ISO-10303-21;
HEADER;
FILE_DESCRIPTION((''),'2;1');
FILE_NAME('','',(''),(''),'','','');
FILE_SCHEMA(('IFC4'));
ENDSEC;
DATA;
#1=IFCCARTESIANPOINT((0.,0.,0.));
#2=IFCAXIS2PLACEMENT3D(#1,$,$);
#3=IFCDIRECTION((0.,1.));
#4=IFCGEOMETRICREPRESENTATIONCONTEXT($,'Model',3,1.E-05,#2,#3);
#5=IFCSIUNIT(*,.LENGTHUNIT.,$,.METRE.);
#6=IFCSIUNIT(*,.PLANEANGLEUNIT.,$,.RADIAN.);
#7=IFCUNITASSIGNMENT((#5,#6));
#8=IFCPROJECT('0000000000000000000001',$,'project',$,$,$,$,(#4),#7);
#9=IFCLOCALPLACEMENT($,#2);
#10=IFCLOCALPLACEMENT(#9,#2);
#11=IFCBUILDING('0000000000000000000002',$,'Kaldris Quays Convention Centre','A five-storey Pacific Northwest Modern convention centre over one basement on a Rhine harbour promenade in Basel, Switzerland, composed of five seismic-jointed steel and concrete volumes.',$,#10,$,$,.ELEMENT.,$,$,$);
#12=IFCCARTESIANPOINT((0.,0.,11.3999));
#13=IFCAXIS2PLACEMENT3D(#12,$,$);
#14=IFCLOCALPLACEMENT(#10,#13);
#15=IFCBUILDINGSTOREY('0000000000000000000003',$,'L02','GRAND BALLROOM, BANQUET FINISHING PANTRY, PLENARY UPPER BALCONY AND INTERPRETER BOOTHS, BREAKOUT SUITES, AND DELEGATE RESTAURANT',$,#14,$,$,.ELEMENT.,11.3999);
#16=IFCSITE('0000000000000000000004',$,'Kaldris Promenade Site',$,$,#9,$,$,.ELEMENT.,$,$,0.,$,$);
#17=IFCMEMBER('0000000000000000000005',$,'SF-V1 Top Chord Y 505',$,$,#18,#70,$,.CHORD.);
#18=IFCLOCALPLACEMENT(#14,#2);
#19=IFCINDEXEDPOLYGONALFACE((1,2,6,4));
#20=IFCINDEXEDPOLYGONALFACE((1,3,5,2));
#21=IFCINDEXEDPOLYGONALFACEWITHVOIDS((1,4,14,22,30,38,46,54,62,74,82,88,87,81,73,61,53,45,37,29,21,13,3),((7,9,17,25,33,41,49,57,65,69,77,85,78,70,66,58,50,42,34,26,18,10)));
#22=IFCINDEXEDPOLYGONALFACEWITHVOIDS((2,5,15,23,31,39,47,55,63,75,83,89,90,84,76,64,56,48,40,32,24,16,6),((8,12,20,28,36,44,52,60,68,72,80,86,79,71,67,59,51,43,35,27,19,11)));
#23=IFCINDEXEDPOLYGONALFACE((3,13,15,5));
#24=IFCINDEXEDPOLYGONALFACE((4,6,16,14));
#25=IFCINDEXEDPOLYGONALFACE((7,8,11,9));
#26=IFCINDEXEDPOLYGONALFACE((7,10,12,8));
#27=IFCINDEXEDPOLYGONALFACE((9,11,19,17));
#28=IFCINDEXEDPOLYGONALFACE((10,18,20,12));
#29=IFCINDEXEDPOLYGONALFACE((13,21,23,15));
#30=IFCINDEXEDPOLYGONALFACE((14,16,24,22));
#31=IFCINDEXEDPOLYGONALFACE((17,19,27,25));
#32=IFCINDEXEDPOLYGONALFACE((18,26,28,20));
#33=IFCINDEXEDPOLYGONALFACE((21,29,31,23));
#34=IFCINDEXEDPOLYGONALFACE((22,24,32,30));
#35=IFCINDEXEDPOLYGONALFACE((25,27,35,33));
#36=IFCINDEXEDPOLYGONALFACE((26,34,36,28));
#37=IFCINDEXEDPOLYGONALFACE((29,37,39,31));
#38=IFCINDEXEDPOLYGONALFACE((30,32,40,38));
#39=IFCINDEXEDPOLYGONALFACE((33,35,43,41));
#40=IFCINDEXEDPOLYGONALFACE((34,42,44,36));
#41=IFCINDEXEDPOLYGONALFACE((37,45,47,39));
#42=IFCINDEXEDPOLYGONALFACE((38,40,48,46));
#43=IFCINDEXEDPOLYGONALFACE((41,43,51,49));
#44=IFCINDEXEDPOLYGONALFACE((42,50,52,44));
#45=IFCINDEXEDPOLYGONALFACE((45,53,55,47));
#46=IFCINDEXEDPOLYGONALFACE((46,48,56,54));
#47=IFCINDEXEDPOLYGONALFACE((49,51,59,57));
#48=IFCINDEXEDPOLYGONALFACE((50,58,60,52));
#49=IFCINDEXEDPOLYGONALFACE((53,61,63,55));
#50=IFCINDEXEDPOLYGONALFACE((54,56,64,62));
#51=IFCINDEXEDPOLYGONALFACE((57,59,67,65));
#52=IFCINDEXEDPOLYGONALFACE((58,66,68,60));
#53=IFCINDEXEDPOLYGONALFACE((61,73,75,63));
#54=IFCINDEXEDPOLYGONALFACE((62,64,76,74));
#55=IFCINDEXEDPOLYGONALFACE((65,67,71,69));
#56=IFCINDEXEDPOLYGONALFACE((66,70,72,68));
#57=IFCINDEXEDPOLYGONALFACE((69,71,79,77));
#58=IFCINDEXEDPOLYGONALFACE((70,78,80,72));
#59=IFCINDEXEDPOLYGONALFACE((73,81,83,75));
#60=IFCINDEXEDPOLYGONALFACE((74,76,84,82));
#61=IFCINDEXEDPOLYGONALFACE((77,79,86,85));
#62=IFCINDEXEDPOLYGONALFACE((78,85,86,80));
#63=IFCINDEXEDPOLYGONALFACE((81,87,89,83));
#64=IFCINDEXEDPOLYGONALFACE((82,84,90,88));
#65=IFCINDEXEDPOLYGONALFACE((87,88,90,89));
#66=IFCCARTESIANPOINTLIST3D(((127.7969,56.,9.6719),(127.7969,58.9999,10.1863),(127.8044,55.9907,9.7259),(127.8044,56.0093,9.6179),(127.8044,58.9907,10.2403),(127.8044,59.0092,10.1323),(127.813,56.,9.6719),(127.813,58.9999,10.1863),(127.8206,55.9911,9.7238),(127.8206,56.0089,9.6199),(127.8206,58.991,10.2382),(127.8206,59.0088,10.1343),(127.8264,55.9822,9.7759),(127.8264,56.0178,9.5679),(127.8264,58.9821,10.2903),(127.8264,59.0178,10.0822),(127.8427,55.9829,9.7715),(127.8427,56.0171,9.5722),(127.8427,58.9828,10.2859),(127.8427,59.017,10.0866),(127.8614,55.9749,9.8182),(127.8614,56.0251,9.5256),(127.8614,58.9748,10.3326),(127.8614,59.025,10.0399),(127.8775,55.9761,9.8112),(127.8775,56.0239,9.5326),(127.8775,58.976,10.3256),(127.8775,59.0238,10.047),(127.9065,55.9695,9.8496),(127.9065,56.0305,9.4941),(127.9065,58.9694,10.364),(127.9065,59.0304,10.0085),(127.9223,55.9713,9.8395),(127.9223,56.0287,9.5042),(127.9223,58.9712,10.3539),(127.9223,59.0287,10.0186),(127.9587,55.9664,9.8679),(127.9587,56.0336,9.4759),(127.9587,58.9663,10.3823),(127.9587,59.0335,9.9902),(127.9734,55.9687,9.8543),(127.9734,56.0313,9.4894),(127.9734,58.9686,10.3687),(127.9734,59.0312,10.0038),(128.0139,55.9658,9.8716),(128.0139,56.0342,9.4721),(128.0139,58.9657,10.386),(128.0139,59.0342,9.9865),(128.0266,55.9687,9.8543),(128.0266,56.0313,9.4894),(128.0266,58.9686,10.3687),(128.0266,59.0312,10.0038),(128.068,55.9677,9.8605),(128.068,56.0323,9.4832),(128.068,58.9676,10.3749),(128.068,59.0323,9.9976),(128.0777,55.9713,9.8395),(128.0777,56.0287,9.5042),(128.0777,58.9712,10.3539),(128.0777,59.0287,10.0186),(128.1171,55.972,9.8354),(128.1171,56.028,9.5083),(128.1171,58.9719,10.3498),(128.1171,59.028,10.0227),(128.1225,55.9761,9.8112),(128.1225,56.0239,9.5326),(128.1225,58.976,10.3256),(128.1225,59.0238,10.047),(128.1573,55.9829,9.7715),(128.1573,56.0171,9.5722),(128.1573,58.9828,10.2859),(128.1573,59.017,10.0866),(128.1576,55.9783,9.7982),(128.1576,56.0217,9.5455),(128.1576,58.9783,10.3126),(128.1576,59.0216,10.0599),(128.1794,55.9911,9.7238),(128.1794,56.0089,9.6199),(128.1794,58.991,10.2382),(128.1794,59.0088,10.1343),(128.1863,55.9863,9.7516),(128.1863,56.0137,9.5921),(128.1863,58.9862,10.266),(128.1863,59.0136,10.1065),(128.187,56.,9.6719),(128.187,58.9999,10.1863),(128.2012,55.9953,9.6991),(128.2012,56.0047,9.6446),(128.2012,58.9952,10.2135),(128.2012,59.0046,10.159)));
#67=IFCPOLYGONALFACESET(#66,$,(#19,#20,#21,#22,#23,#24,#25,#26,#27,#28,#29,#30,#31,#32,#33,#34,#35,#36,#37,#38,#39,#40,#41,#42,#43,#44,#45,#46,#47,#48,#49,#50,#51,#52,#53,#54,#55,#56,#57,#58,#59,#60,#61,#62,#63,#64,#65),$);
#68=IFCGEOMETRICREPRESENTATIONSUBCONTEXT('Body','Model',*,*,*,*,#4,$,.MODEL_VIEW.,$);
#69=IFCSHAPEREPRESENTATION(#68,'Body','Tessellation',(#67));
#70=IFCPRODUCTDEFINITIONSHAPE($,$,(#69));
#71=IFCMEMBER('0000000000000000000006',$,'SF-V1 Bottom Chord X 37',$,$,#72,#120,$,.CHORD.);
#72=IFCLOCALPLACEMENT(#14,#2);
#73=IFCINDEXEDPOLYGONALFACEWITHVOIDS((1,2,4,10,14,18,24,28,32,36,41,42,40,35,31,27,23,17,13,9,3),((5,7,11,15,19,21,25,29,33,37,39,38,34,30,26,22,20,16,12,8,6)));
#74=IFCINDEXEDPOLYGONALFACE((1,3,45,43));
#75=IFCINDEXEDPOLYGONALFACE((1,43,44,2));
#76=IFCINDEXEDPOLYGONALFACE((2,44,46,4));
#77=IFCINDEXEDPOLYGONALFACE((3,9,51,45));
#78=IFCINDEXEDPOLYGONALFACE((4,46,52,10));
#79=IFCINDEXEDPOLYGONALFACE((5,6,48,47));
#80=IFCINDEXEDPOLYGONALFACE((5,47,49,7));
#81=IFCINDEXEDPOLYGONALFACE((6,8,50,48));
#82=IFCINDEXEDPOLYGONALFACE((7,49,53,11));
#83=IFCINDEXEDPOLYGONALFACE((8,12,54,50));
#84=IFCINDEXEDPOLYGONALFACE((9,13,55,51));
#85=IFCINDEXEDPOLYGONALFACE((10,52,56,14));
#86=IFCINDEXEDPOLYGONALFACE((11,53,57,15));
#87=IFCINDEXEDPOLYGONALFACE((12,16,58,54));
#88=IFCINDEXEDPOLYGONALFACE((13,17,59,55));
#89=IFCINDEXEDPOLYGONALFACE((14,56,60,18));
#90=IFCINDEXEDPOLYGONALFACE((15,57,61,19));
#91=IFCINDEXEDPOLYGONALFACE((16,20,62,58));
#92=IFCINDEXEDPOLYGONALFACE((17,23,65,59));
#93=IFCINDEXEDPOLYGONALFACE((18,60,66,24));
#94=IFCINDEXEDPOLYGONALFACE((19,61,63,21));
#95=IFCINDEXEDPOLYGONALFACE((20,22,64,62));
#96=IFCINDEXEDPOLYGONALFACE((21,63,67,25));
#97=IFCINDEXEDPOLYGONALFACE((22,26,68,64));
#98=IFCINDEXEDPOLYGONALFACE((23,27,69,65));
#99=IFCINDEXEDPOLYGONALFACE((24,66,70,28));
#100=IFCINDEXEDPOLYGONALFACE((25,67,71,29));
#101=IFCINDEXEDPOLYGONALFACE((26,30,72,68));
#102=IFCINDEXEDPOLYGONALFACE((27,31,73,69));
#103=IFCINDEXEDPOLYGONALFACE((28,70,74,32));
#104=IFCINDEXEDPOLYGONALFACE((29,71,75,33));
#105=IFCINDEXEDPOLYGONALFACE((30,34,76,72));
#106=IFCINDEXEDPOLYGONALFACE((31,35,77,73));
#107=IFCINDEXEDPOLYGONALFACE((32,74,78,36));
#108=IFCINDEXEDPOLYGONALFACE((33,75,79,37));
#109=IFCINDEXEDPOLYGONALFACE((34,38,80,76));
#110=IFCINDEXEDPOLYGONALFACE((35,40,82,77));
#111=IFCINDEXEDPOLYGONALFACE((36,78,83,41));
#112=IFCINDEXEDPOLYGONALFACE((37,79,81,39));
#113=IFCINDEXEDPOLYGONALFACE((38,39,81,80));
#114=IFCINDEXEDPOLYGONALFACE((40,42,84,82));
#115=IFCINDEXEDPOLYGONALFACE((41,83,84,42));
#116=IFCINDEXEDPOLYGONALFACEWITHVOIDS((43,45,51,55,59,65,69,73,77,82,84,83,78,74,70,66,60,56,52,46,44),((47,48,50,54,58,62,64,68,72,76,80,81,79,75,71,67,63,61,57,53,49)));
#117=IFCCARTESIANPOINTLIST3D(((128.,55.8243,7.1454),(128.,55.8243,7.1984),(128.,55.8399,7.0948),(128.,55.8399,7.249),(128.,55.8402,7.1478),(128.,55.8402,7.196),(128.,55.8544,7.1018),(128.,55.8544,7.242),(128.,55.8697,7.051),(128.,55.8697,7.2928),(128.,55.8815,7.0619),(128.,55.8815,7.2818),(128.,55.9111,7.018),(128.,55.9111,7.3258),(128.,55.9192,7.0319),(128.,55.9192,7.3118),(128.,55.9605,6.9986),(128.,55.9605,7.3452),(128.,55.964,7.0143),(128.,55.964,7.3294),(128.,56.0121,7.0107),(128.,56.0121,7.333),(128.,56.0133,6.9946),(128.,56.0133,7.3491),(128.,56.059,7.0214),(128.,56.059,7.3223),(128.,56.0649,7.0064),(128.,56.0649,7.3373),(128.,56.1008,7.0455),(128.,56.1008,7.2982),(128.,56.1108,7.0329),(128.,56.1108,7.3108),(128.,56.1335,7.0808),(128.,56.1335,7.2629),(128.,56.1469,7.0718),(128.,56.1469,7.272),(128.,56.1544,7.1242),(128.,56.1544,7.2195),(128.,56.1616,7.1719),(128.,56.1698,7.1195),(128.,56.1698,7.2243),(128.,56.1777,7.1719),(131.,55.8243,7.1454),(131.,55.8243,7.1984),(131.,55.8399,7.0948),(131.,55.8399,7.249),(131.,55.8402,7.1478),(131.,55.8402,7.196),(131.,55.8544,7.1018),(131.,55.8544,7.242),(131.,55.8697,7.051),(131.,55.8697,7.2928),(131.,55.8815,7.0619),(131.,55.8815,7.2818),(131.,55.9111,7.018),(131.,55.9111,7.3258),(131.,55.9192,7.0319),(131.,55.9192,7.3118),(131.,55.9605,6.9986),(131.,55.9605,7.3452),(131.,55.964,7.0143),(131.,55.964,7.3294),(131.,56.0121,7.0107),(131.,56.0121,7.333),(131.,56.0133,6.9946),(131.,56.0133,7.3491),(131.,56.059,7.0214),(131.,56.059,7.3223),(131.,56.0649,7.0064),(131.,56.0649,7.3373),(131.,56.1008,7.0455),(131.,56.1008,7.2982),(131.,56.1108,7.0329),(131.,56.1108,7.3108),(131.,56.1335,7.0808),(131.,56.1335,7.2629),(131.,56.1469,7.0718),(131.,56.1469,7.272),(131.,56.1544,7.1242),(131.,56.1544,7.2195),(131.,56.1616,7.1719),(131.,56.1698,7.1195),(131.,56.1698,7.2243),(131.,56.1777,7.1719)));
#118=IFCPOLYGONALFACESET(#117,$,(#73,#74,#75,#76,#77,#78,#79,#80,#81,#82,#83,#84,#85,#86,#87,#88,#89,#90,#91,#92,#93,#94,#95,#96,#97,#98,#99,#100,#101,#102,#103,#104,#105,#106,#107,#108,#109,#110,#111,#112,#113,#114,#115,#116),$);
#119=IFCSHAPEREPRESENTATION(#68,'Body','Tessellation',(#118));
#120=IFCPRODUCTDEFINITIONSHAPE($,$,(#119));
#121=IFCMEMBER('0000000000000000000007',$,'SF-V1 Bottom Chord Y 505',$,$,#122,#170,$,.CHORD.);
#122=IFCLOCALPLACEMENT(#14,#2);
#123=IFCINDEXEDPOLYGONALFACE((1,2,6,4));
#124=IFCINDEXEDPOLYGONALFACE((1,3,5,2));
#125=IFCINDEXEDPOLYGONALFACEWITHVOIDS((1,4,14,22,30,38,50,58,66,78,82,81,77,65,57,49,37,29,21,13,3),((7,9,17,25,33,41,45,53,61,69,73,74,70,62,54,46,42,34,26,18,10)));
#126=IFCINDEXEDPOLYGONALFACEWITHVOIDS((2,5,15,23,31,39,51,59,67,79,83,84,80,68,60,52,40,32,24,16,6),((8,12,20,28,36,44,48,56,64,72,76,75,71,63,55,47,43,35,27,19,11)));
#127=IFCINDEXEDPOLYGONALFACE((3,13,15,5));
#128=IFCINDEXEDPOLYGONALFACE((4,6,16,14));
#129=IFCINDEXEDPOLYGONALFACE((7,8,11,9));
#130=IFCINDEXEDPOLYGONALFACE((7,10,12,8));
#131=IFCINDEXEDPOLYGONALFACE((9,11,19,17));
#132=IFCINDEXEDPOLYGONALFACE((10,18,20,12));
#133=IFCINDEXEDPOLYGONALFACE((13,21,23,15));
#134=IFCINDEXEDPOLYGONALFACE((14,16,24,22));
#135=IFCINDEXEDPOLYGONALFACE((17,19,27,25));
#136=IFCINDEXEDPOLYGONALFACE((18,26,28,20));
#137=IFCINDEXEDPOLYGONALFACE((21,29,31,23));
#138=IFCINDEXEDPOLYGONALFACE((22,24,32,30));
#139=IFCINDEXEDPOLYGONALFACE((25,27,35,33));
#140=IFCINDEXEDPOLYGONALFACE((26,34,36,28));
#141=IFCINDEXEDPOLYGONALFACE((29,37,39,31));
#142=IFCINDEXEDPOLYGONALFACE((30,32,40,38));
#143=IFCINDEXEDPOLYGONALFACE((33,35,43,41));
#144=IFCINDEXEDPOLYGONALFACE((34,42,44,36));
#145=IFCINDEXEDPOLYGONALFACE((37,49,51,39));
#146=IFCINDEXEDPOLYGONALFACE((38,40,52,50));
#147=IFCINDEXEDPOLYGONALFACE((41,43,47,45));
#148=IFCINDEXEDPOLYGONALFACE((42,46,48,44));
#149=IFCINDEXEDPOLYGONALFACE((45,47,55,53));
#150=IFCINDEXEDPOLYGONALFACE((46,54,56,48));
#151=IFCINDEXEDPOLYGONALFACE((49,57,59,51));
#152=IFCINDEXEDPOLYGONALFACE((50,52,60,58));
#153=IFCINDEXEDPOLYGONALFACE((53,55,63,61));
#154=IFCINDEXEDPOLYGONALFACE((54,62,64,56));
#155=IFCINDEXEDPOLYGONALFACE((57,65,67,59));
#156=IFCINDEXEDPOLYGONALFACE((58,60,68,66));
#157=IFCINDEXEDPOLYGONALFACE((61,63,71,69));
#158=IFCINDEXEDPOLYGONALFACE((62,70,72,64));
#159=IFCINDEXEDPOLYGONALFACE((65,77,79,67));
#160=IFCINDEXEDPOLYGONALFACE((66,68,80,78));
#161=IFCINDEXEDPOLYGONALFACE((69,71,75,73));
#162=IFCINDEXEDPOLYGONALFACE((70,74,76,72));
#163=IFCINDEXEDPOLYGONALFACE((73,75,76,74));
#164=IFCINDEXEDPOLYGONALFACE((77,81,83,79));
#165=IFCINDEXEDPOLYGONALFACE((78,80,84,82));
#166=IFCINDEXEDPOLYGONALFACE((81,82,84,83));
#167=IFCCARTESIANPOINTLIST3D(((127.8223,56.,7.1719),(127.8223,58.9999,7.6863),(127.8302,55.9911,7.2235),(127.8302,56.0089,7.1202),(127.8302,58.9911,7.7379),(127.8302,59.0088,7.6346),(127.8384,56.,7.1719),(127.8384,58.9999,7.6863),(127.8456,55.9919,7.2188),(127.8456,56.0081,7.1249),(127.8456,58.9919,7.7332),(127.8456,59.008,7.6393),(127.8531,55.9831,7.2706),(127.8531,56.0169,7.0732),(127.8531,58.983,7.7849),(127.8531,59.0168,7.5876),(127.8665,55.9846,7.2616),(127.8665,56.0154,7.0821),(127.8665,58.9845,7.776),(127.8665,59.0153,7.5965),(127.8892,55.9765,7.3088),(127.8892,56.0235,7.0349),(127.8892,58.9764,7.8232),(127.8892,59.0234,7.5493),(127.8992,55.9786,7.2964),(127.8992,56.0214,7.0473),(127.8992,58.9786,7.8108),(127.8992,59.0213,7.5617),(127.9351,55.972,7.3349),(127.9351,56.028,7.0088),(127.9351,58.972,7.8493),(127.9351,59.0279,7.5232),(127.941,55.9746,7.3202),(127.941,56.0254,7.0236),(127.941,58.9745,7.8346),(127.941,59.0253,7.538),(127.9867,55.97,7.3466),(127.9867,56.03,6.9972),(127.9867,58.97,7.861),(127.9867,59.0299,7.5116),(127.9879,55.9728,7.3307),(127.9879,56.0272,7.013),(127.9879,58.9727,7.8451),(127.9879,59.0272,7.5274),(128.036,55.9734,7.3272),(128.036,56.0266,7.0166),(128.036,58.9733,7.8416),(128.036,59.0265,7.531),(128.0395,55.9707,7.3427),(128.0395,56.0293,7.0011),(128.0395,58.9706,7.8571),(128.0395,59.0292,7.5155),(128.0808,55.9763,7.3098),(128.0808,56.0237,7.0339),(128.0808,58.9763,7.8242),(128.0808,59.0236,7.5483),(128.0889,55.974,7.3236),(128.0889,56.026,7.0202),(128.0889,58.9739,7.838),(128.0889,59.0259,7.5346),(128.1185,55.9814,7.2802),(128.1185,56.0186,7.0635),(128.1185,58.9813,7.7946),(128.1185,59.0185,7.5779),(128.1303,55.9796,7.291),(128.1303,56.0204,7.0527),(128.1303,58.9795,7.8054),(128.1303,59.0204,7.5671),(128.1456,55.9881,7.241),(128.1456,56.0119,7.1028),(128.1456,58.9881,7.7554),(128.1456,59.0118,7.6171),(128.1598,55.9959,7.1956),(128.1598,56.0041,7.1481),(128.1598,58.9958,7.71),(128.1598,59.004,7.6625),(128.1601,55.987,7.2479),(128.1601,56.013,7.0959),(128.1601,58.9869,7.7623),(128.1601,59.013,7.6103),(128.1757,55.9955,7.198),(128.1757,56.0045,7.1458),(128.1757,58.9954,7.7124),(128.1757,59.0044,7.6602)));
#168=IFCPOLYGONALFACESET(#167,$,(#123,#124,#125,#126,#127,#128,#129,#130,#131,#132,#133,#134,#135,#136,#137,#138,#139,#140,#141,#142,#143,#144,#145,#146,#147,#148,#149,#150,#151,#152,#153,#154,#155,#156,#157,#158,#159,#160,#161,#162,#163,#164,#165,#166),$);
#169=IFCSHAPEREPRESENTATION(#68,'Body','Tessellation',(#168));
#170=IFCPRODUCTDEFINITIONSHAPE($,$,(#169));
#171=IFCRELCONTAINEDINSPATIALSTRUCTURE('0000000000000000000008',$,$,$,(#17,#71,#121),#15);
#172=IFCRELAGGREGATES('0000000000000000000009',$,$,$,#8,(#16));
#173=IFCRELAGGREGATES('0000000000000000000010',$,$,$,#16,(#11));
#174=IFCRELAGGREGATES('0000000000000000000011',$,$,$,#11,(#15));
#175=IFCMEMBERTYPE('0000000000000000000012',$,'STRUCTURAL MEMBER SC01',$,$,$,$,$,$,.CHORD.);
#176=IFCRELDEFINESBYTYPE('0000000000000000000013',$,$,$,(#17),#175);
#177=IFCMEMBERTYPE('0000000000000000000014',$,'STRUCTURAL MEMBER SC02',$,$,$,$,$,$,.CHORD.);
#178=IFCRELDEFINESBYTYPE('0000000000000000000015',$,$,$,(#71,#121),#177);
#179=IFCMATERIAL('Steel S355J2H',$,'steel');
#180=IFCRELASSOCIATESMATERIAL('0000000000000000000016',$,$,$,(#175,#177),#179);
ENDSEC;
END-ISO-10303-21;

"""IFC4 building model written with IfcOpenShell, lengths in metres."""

from ifc_helpers import new_model, si_unit, direction, frame, origin, origin_2d, place, context, subcontext, project, spatial, hollow_circle, extrude, material, material_profile, profile_set, type_object, element, save


model = new_model("IFC4")

# Units and contexts
model_context = context("Model", 3, precision=1e-05, world=origin(), true_north=direction((0.0, 1.0)))
body_context = subcontext(model_context, "Body", "Model", "MODEL_VIEW")
ifc_project = project(units=[si_unit("LENGTHUNIT", "METRE"), si_unit("PLANEANGLEUNIT", "RADIAN")], contexts=[model_context])

# Site, building, storey
site_placement = place(None, origin())
site = spatial("IfcSite", under=ifc_project, at=site_placement, Name="Kaldris Promenade Site", CompositionType="ELEMENT", RefElevation=0.0)
building_placement = place(site_placement, origin())
building = spatial("IfcBuilding", under=site, at=building_placement, Name="Kaldris Quays Convention Centre", Description="A five-storey Pacific Northwest Modern convention centre over one basement on a Rhine harbour promenade in Basel, Switzerland, composed of five seismic-jointed steel and concrete volumes.", CompositionType="ELEMENT")
storey_placement = place(building_placement, frame((0.0, 0.0, 11.3999)))
storey = spatial("IfcBuildingStorey", under=building, at=storey_placement, Name="L02", Description="GRAND BALLROOM, BANQUET FINISHING PANTRY, PLENARY UPPER BALCONY AND INTERPRETER BOOTHS, BREAKOUT SUITES, AND DELEGATE RESTAURANT", CompositionType="ELEMENT", Elevation=11.3999)

# Members
ifc_material_1 = material(Name="Steel S355J2H", Category="steel")
ifc_material_profile_1 = material_profile(ifc_material_1, hollow_circle(Radius=0.2031, WallThickness=0.0161, at=origin_2d()), Name="CHS 406.4x16")
ifc_profile_set_1 = profile_set([ifc_material_profile_1], Name="Steel S355J2H")
member_type_1 = type_object("IfcMemberType", Name="STRUCTURAL MEMBER SC01", PredefinedType="CHORD", material=ifc_profile_set_1)
member_1_placement = place(storey_placement, frame((128.0, 56.0, 9.6719), z_axis=(0.0, 0.985616, 0.169002), x_axis=(-1.0, 0.0, 0.0)))
element("IfcMember", 1, at=member_1_placement, inside=storey, type_object=member_type_1, Name="SF-V1 Top Chord Y 505", PredefinedType="CHORD", context=body_context, shape_type="SweptSolid", body=[
    extrude(hollow_circle(Radius=0.2031, WallThickness=0.0161, at=origin_2d()), origin(), (0.0, 0.0, 1.0), 3.0437),
])
ifc_material_profile_2 = material_profile(ifc_material_1, hollow_circle(Radius=0.1777, WallThickness=0.0161, at=origin_2d()), Name="CHS 355.6x16")
ifc_profile_set_2 = profile_set([ifc_material_profile_2], Name="Steel S355J2H")
member_type_2 = type_object("IfcMemberType", Name="STRUCTURAL MEMBER SC02", PredefinedType="CHORD", material=ifc_profile_set_2)
member_2_placement = place(storey_placement, frame((128.0, 56.0, 7.1719), z_axis=(1.0, 0.0, 0.0), x_axis=(0.0, 1.0, 0.0)))
element("IfcMember", 2, at=member_2_placement, inside=storey, type_object=member_type_2, Name="SF-V1 Bottom Chord X 37", PredefinedType="CHORD", context=body_context, shape_type="SweptSolid", body=[
    extrude(hollow_circle(Radius=0.1777, WallThickness=0.0161, at=origin_2d()), origin(), (0.0, 0.0, 1.0), 3.0),
])
member_3_placement = place(storey_placement, frame((128.0, 56.0, 7.1719), z_axis=(0.0, 0.985616, 0.169002), x_axis=(-1.0, 0.0, 0.0)))
element("IfcMember", 3, at=member_3_placement, inside=storey, type_object=member_type_2, Name="SF-V1 Bottom Chord Y 505", PredefinedType="CHORD", context=body_context, shape_type="SweptSolid", body=[
    extrude(hollow_circle(Radius=0.1777, WallThickness=0.0161, at=origin_2d()), origin(), (0.0, 0.0, 1.0), 3.0437),
])

save(model, "model.ifc")
